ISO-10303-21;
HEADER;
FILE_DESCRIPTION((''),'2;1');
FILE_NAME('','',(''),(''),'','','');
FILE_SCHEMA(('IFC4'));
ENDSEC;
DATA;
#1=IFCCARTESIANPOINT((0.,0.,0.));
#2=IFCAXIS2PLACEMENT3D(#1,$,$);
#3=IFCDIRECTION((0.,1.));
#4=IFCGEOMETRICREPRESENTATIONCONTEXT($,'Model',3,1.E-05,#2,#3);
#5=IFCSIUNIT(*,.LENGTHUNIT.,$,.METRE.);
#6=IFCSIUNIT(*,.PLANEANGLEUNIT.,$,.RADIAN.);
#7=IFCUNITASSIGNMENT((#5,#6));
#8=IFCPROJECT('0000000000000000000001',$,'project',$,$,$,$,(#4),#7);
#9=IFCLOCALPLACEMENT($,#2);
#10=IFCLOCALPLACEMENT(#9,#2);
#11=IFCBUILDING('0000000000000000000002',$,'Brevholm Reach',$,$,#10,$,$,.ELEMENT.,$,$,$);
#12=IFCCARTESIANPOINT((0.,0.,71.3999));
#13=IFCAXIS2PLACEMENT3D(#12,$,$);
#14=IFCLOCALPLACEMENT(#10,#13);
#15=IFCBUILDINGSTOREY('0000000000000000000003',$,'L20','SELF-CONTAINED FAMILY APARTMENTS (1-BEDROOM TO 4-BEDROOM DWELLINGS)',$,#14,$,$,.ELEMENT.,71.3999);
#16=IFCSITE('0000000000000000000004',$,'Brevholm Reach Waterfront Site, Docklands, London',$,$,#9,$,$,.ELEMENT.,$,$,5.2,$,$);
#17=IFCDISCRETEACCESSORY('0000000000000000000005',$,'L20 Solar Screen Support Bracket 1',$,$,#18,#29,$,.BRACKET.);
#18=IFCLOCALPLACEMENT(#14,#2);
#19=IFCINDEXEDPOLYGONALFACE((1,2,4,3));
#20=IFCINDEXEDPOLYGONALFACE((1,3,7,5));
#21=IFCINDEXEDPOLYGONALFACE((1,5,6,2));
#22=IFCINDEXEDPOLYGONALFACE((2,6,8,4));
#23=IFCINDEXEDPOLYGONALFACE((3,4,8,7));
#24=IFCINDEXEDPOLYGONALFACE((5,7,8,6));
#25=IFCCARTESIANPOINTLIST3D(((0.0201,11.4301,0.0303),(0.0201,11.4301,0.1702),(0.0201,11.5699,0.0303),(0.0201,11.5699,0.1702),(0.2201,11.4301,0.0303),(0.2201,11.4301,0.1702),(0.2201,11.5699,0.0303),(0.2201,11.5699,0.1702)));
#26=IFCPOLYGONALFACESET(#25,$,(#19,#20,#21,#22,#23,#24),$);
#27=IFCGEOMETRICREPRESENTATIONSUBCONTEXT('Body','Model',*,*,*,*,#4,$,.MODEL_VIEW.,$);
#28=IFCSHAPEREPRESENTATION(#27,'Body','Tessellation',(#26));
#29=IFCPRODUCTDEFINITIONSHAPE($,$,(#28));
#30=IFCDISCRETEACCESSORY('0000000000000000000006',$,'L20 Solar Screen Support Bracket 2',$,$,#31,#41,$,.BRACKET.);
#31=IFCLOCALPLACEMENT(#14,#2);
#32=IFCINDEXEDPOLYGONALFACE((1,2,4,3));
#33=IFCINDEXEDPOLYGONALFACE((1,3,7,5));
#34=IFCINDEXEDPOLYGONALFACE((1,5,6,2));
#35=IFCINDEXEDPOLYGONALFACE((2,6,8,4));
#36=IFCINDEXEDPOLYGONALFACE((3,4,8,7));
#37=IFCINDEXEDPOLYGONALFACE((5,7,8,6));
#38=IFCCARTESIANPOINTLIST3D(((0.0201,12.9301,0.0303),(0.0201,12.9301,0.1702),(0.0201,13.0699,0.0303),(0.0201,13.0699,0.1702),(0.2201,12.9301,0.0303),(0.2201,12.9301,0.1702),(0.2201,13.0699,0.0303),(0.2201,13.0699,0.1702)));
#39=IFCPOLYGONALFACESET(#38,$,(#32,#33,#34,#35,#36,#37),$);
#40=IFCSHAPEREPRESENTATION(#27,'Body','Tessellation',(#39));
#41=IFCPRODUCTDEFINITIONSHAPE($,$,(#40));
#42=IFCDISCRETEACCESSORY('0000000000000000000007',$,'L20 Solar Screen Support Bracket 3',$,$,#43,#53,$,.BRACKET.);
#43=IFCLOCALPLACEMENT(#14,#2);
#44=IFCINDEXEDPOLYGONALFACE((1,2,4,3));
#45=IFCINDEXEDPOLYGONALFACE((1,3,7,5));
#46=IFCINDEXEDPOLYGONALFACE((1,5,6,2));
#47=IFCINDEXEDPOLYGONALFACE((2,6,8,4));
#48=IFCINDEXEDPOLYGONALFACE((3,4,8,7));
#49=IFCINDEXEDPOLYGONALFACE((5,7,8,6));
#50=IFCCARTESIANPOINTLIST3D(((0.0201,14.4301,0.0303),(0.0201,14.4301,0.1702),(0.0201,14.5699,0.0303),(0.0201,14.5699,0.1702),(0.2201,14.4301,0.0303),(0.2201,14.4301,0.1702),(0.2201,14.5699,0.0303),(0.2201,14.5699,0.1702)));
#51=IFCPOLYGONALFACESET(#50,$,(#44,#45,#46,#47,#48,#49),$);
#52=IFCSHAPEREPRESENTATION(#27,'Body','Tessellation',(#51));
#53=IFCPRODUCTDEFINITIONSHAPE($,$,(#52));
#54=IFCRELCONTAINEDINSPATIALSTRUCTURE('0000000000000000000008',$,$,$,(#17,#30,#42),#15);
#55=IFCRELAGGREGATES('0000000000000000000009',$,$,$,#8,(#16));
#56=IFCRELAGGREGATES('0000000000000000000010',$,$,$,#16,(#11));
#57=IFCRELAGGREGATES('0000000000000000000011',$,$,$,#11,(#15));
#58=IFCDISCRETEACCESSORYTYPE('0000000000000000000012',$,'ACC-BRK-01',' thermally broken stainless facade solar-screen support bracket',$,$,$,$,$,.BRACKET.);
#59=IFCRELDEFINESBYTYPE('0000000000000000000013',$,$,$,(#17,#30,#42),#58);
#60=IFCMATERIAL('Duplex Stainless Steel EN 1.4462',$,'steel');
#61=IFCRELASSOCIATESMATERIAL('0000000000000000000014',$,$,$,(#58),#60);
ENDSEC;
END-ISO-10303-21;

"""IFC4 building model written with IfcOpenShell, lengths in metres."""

from ifc_helpers import new_model, si_unit, direction, frame, origin, origin_2d, place, context, subcontext, project, spatial, rectangle, extrude, material, type_object, element, save


model = new_model("IFC4")

# Units and contexts
model_context = context("Model", 3, precision=1e-05, world=origin(), true_north=direction((0.0, 1.0)))
body_context = subcontext(model_context, "Body", "Model", "MODEL_VIEW")
ifc_project = project(units=[si_unit("LENGTHUNIT", "METRE"), si_unit("PLANEANGLEUNIT", "RADIAN")], contexts=[model_context])

# Site, building, storey
site_placement = place(None, origin())
site = spatial("IfcSite", under=ifc_project, at=site_placement, Name="Brevholm Reach Waterfront Site, Docklands, London", CompositionType="ELEMENT", RefElevation=5.2)
building_placement = place(site_placement, origin())
building = spatial("IfcBuilding", under=site, at=building_placement, Name="Brevholm Reach", CompositionType="ELEMENT")
storey_placement = place(building_placement, frame((0.0, 0.0, 71.3999)))
storey = spatial("IfcBuildingStorey", under=building, at=storey_placement, Name="L20", Description="SELF-CONTAINED FAMILY APARTMENTS (1-BEDROOM TO 4-BEDROOM DWELLINGS)", CompositionType="ELEMENT", Elevation=71.3999)

# Discrete accessories
ifc_material_1 = material(Name="Duplex Stainless Steel EN 1.4462", Category="steel")
discrete_accessory_type = type_object("IfcDiscreteAccessoryType", Name="ACC-BRK-01", Description=" thermally broken stainless facade solar-screen support bracket", PredefinedType="BRACKET", material=ifc_material_1)
for number, where, z_axis, x_axis, name in (
    (1, (0.1201, 11.5, 0.0303), (0.0, 0.0, 1.0), (-1.0, 0.0, 0.0), "L20 Solar Screen Support Bracket 1"),
    (2, (0.1201, 13.0, 0.0303), (0.0, 0.0, 1.0), (-1.0, 0.0, 0.0), "L20 Solar Screen Support Bracket 2"),
    (3, (0.1201, 14.5, 0.0303), (0.0, 0.0, 1.0), (-1.0, 0.0, 0.0), "L20 Solar Screen Support Bracket 3"),
):
    element("IfcDiscreteAccessory", number, at=place(storey_placement, frame(where, z_axis=z_axis, x_axis=x_axis)), inside=storey, type_object=discrete_accessory_type, Name=name, PredefinedType="BRACKET", context=body_context, shape_type="SweptSolid", body=[
        extrude(rectangle(XDim=0.2, YDim=0.1399, at=origin_2d()), origin(), (0.0, 0.0, 1.0), 0.1399),
    ])

save(model, "model.ifc")
